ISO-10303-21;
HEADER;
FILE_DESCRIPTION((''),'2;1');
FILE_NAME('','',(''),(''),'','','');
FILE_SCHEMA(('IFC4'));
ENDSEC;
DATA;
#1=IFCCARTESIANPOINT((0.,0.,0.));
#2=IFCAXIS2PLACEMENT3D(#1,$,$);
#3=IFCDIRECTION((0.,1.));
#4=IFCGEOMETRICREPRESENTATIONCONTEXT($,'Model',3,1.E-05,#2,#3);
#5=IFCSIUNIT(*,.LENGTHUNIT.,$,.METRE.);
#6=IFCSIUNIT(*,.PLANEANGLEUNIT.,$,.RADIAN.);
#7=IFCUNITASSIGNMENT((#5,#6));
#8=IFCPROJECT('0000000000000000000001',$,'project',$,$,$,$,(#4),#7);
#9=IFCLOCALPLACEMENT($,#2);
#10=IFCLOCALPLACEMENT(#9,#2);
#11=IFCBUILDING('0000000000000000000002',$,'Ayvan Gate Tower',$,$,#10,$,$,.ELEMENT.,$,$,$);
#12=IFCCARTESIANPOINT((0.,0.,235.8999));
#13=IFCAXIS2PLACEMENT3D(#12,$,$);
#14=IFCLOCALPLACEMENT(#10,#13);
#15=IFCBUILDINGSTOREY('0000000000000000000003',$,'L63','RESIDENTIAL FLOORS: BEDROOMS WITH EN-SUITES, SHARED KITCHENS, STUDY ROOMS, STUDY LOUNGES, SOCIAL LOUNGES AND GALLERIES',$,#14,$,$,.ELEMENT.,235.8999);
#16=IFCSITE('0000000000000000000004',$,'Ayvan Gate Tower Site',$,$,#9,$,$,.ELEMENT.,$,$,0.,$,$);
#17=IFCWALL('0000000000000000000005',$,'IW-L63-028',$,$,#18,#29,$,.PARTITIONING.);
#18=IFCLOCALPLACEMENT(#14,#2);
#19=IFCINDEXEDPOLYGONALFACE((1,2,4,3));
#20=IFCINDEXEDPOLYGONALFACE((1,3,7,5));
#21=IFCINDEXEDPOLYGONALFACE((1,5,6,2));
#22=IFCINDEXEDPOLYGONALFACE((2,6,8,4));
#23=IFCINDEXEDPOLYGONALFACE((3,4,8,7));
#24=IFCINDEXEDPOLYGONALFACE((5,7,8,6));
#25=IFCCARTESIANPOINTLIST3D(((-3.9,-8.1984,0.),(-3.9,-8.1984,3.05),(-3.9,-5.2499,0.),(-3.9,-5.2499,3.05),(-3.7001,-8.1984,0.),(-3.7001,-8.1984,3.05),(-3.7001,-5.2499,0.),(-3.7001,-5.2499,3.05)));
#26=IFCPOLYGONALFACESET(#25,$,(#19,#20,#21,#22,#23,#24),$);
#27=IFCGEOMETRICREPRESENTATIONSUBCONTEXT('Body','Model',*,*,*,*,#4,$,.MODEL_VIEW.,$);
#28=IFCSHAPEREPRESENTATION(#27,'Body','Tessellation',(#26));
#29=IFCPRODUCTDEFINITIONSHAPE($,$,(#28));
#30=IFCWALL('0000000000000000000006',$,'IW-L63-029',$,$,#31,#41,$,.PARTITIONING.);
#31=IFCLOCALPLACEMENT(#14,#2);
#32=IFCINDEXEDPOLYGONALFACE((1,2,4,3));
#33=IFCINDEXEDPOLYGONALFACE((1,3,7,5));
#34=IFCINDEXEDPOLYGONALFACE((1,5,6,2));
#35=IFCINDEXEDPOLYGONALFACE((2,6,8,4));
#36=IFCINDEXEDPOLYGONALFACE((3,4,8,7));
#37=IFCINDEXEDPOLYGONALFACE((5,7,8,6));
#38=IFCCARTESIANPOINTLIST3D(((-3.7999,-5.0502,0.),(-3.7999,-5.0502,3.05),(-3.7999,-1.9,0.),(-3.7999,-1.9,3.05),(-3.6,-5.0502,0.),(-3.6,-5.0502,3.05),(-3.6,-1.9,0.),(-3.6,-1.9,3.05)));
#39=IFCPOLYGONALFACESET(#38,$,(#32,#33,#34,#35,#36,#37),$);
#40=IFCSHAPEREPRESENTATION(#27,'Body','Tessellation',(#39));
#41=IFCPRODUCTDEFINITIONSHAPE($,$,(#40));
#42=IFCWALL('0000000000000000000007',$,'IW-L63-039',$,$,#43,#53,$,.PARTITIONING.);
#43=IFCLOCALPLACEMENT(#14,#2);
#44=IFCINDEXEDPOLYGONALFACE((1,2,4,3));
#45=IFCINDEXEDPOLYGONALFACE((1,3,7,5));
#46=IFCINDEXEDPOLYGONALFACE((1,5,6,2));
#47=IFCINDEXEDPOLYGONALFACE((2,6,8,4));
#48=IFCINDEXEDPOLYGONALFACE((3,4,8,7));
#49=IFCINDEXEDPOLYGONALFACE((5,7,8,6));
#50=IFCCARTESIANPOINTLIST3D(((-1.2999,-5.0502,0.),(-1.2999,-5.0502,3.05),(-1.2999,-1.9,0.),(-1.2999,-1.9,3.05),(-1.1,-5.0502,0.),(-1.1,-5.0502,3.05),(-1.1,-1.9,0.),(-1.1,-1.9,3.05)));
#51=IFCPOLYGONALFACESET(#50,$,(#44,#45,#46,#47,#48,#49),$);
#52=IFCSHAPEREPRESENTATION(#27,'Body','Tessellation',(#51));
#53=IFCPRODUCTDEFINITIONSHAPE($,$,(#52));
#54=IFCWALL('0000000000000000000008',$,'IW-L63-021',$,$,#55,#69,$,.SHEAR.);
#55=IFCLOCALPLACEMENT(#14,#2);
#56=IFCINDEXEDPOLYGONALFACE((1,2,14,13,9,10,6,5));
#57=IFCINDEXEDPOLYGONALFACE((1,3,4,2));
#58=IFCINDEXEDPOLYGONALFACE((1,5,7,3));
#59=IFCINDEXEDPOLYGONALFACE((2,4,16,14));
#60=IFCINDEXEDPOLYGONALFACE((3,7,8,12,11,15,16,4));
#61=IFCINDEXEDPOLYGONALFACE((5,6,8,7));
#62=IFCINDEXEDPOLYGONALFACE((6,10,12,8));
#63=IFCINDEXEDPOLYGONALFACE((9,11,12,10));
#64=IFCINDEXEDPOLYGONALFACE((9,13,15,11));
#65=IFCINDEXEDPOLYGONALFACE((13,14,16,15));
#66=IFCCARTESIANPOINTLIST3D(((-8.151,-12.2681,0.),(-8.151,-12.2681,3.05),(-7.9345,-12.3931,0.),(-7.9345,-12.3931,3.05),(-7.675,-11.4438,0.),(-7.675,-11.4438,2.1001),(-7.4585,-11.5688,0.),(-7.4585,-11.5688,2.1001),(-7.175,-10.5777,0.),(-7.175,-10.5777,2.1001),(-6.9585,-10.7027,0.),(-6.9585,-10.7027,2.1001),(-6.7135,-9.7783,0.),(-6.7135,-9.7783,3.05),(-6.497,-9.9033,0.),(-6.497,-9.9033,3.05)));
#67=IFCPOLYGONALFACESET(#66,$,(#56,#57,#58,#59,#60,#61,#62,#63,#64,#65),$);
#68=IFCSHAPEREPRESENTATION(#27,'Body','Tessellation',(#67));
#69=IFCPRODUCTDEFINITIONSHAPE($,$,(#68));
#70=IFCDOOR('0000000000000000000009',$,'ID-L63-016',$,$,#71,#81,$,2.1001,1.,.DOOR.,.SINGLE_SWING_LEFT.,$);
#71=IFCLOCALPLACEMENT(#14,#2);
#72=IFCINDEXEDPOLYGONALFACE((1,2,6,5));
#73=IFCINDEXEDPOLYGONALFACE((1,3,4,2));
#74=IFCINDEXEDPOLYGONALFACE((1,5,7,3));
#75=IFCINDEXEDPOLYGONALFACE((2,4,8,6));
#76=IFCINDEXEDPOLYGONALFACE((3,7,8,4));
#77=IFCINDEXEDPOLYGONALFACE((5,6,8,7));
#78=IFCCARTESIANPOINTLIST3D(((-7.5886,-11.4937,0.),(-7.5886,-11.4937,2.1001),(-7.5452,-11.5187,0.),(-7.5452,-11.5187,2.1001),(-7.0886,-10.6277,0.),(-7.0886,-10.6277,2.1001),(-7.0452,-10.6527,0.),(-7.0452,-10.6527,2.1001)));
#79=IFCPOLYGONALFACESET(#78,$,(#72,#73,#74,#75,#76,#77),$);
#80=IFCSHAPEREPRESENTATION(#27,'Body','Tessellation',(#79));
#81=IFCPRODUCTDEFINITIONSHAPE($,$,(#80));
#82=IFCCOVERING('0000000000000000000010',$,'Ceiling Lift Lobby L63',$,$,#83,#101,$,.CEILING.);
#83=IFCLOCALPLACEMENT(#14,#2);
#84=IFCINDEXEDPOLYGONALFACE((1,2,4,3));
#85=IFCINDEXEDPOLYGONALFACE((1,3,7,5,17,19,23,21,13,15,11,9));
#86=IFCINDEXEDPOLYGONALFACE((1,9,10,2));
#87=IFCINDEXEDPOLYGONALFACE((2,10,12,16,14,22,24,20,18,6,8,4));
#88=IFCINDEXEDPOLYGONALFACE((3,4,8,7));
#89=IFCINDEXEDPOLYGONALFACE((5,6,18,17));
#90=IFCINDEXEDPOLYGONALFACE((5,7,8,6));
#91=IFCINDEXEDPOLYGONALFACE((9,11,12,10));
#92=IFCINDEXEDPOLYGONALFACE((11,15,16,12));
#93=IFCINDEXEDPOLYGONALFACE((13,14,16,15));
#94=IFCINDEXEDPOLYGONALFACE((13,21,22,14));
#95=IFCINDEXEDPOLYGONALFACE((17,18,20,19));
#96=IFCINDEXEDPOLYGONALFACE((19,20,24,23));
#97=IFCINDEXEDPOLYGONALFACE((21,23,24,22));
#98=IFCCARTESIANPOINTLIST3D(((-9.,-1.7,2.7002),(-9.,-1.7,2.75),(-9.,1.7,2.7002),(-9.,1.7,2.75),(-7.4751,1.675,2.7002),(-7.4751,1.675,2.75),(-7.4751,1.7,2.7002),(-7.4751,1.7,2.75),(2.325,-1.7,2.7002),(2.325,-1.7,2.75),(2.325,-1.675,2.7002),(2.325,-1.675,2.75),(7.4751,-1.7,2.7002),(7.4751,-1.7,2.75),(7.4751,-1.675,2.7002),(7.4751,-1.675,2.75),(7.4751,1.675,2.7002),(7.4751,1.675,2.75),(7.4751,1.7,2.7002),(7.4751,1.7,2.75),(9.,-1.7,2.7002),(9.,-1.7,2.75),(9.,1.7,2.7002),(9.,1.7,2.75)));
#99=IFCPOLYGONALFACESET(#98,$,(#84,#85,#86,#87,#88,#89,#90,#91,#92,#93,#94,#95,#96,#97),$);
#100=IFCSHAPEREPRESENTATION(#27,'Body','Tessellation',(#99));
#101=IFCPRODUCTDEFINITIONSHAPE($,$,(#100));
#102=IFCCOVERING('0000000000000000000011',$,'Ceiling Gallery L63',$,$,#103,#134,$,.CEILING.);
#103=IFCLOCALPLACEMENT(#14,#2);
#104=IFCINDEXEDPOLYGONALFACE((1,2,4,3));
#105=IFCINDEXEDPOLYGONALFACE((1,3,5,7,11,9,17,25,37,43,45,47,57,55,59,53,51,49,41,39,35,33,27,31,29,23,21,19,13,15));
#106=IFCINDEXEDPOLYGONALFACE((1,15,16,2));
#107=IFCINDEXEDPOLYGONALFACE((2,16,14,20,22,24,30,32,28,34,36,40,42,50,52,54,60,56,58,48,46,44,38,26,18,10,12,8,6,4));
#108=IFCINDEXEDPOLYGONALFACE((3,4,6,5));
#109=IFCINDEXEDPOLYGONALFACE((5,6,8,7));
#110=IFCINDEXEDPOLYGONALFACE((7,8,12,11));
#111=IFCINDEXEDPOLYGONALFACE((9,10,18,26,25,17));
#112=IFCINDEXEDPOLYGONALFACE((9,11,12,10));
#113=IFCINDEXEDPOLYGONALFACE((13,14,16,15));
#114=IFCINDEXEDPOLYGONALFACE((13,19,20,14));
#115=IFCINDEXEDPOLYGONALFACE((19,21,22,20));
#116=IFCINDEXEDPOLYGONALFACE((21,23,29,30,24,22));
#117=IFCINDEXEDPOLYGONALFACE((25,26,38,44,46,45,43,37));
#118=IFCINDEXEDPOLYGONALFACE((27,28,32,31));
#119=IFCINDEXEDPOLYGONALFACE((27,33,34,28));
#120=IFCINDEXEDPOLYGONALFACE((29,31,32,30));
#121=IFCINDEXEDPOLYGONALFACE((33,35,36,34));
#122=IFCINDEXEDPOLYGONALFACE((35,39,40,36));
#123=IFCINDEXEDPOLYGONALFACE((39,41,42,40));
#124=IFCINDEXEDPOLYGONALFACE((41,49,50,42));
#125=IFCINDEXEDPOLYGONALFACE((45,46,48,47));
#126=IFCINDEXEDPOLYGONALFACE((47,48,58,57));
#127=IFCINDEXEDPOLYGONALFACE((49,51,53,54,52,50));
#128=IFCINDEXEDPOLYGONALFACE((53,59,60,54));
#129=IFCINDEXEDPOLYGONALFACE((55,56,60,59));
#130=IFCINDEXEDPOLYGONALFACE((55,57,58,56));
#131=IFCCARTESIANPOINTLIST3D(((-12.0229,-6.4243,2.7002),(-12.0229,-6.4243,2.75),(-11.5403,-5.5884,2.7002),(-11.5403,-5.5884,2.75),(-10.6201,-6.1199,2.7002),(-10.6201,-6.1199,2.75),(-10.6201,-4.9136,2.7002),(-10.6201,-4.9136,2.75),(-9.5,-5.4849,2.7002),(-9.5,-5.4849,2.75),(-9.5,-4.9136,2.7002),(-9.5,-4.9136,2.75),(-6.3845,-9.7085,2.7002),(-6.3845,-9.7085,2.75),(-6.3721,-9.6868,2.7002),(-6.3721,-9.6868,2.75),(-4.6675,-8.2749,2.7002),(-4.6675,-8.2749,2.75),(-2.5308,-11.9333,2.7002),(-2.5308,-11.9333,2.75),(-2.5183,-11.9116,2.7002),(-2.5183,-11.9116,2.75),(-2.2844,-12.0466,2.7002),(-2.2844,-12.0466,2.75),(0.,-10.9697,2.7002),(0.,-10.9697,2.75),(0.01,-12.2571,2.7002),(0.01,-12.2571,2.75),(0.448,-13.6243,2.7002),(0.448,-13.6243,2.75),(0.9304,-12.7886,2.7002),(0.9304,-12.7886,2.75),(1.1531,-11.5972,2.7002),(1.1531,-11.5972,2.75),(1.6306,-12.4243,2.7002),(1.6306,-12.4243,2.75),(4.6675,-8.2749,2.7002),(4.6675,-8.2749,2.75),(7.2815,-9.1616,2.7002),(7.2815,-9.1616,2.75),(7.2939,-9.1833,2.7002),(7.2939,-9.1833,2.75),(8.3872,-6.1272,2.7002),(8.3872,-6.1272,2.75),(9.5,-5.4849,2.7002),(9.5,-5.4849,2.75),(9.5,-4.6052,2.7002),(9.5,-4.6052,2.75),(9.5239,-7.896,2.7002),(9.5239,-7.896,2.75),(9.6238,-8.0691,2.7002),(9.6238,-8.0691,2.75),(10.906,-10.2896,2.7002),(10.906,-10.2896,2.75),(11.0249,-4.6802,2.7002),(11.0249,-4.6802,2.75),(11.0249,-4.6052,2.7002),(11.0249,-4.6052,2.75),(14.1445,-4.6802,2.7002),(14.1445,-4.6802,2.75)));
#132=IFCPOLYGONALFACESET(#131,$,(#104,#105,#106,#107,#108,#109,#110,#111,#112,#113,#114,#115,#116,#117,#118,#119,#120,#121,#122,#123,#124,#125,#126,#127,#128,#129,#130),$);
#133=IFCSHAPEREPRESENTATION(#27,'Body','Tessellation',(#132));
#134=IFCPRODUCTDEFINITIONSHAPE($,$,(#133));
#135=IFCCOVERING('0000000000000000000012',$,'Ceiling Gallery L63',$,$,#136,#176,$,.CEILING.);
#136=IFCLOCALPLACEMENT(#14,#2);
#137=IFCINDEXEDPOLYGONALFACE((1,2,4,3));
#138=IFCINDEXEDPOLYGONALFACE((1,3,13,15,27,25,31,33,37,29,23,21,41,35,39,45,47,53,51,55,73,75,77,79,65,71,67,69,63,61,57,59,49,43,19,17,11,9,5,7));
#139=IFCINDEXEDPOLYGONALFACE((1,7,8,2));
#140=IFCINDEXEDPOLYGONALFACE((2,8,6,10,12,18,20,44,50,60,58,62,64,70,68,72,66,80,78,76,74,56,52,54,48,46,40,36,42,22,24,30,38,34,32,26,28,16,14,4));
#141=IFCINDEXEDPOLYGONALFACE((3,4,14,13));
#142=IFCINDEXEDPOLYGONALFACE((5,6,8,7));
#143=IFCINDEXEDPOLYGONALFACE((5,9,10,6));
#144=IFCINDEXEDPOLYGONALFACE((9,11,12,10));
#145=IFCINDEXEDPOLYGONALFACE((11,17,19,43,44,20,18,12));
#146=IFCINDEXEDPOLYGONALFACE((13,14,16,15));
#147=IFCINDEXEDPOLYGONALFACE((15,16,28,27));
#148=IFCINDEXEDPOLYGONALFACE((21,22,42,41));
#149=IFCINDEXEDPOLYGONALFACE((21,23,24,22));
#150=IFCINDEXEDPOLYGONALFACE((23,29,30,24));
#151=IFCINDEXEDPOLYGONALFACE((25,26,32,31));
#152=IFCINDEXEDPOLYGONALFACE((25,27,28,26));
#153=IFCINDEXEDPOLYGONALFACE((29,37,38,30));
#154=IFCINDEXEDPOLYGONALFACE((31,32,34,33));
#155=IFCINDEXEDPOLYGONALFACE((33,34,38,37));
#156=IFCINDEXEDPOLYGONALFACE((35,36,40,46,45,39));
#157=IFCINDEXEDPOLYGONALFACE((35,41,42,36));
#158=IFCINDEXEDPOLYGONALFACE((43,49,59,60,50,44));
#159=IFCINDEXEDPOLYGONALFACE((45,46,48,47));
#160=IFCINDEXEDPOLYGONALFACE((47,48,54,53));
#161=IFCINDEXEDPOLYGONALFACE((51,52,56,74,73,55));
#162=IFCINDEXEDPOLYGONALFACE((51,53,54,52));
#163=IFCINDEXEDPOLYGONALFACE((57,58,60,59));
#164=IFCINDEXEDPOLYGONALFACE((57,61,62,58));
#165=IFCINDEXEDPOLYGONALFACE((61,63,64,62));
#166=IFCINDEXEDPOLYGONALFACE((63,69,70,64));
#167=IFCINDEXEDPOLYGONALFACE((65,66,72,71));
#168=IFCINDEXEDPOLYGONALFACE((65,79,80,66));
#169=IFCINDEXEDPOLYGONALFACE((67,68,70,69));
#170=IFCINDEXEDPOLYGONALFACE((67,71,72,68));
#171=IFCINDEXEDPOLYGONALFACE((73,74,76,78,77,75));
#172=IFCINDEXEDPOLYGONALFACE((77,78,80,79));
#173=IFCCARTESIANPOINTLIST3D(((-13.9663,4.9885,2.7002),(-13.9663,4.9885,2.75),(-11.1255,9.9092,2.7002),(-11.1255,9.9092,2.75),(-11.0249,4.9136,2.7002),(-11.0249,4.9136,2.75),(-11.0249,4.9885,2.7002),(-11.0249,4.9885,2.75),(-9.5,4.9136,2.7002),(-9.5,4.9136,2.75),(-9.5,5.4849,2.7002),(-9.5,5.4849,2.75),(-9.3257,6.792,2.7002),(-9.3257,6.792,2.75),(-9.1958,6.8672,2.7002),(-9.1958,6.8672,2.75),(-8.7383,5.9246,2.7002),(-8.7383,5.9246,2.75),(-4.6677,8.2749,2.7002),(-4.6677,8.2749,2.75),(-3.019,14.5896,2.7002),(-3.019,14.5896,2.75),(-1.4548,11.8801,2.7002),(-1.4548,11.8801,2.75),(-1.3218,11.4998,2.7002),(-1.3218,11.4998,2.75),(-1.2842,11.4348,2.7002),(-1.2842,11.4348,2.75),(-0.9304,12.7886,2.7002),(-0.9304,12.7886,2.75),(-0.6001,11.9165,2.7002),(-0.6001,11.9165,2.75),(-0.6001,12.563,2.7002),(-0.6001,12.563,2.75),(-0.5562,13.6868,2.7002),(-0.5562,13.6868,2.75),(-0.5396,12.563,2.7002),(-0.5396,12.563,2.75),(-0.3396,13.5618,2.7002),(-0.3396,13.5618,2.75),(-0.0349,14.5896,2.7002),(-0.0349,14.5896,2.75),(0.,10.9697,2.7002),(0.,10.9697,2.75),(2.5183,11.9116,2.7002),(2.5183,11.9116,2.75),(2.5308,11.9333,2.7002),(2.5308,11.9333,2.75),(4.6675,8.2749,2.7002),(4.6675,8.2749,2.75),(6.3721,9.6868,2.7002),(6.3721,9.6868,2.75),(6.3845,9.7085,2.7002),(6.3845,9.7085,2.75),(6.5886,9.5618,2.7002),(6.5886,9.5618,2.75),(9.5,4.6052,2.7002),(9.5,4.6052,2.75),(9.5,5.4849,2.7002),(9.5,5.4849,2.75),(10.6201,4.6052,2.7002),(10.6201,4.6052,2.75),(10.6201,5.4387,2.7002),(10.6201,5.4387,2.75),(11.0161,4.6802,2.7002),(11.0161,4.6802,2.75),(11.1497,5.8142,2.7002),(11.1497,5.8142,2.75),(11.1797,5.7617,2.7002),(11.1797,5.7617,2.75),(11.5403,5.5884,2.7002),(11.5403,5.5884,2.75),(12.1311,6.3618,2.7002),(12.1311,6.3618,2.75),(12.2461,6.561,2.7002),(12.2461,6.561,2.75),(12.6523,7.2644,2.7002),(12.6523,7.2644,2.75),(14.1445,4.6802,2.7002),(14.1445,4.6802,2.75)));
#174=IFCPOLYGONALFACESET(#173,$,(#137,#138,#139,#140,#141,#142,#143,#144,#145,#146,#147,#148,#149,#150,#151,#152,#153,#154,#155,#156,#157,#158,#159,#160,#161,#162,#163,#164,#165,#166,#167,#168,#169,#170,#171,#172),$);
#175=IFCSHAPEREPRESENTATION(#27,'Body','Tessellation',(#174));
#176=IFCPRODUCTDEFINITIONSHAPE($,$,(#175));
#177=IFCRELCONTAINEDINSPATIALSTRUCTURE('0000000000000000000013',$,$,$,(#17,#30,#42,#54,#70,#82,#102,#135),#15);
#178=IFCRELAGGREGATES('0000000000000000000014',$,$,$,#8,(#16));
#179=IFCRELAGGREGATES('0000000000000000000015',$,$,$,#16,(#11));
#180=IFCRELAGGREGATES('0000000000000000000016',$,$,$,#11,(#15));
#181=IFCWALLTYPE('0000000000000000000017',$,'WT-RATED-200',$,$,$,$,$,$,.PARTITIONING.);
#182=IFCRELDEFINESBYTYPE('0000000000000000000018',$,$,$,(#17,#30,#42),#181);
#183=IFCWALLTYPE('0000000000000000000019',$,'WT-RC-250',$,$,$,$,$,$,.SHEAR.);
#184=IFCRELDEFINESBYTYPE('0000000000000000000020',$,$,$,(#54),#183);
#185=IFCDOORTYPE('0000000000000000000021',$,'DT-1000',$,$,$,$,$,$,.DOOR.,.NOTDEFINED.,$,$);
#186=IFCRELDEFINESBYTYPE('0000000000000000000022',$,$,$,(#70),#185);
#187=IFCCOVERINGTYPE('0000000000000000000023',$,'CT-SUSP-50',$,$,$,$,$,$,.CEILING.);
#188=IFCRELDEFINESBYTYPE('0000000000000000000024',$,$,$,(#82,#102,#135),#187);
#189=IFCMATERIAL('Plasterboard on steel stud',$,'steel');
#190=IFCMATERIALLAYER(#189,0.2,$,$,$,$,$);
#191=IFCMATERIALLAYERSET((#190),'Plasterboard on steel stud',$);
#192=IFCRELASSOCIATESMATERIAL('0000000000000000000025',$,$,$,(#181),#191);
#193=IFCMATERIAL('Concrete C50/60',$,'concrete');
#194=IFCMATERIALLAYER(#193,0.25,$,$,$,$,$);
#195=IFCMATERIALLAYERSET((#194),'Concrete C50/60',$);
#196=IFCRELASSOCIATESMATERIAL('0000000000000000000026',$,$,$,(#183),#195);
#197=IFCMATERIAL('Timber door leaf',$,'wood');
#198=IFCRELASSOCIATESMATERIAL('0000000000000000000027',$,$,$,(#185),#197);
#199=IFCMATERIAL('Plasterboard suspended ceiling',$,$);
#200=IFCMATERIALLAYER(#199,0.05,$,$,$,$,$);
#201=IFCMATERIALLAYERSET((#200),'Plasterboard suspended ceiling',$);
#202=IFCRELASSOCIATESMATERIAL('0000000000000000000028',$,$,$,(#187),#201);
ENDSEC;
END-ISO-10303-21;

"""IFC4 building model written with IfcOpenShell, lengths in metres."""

from ifc_helpers import new_model, si_unit, direction, frame, frame_2d, origin, place, context, subcontext, project, spatial, polyline, rectangle, outline, extrude, material, layer, layer_set, type_object, element, fill, save


model = new_model("IFC4")

# Units and contexts
model_context = context("Model", 3, precision=1e-05, world=origin(), true_north=direction((0.0, 1.0)))
body_context = subcontext(model_context, "Body", "Model", "MODEL_VIEW")
ifc_project = project(units=[si_unit("LENGTHUNIT", "METRE"), si_unit("PLANEANGLEUNIT", "RADIAN")], contexts=[model_context])

# Site, building, storey
site_placement = place(None, origin())
site = spatial("IfcSite", under=ifc_project, at=site_placement, Name="Ayvan Gate Tower Site", CompositionType="ELEMENT", RefElevation=0.0)
building_placement = place(site_placement, origin())
building = spatial("IfcBuilding", under=site, at=building_placement, Name="Ayvan Gate Tower", CompositionType="ELEMENT")
storey_placement = place(building_placement, frame((0.0, 0.0, 235.8999)))
storey = spatial("IfcBuildingStorey", under=building, at=storey_placement, Name="L63", Description="RESIDENTIAL FLOORS: BEDROOMS WITH EN-SUITES, SHARED KITCHENS, STUDY ROOMS, STUDY LOUNGES, SOCIAL LOUNGES AND GALLERIES", CompositionType="ELEMENT", Elevation=235.8999)

# Shared definitions
ifc_material_1 = material(Name="Timber door leaf", Category="wood")

# Shared definitions
ifc_material_2 = material(Name="Plasterboard on steel stud", Category="steel")
ifc_layer_1 = layer(ifc_material_2, 0.2)
ifc_layer_set_1 = layer_set([ifc_layer_1], Name="Plasterboard on steel stud")
wall_type_1 = type_object("IfcWallType", Name="WT-RATED-200", PredefinedType="PARTITIONING", material=ifc_layer_set_1)

# Walls
wall_1_placement = place(storey_placement, frame((-3.8, -5.25, 0.0), z_axis=(0.0, 0.0, 1.0), x_axis=(0.0, -1.0, 0.0)))
element("IfcWall", 1, at=wall_1_placement, inside=storey, type_object=wall_type_1, Name="IW-L63-028", PredefinedType="PARTITIONING", context=body_context, shape_type="SweptSolid", body=[
    extrude(rectangle(XDim=2.9485, YDim=0.2, at=frame_2d((1.4741, 0.0))), origin(), (0.0, 0.0, 1.0), 3.05),
])
for number, where, z_axis, x_axis, name in (
    (2, (-3.7, -1.8999, 0.0), (0.0, 0.0, 1.0), (0.0, -1.0, 0.0), "IW-L63-029"),
    (3, (-1.2, -1.8999, 0.0), (0.0, 0.0, 1.0), (0.0, -1.0, 0.0), "IW-L63-039"),
):
    element("IfcWall", number, at=place(storey_placement, frame(where, z_axis=z_axis, x_axis=x_axis)), inside=storey, type_object=wall_type_1, Name=name, PredefinedType="PARTITIONING", context=body_context, shape_type="SweptSolid", body=[
        extrude(rectangle(XDim=3.1501, YDim=0.2, at=frame_2d((1.5752, 0.0))), origin(), (0.0, 0.0, 1.0), 3.05),
    ])

# Wall, opening, door
ifc_material_3 = material(Name="Concrete C50/60", Category="concrete")
ifc_layer_2 = layer(ifc_material_3, 0.25)
ifc_layer_set_2 = layer_set([ifc_layer_2], Name="Concrete C50/60")
wall_type_2 = type_object("IfcWallType", Name="WT-RC-250", PredefinedType="SHEAR", material=ifc_layer_set_2)
wall_2_placement = place(storey_placement, frame((-6.6052, -9.8408, 0.0), z_axis=(0.0, 0.0, 1.0), x_axis=(-0.500012, -0.866019, 0.0)))
wall_2 = element("IfcWall", 4, at=wall_2_placement, inside=storey, type_object=wall_type_2, Name="IW-L63-021", PredefinedType="SHEAR", context=body_context, shape_type="SweptSolid", body=[
    extrude(rectangle(XDim=2.875, YDim=0.25, at=frame_2d((1.4375, 0.0))), origin(), (0.0, 0.0, 1.0), 3.05),
])
opening_1_placement = place(wall_2_placement, frame((0.9231, 0.0, 0.0)))
opening_1 = element("IfcOpeningElement", 5, at=opening_1_placement, cuts=wall_2, PredefinedType="OPENING", context=body_context, shape_type="SweptSolid", body=[
    extrude(rectangle(XDim=1.0, YDim=2.1001, at=frame_2d((0.5, 1.05))), frame((0.0, 0.135, 0.0), z_axis=(0.0, -1.0, 0.0), x_axis=(1.0, 0.0, 0.0)), (0.0, 0.0, 1.0), 0.27),
])
door_type_1 = type_object("IfcDoorType", Name="DT-1000", OperationType="NOTDEFINED", PredefinedType="DOOR", material=ifc_material_1)
door_1_placement = place(opening_1_placement, origin())
door_1 = element("IfcDoor", 6, at=door_1_placement, inside=storey, type_object=door_type_1, Name="ID-L63-016", OperationType="SINGLE_SWING_LEFT", OverallHeight=2.1001, OverallWidth=1.0, PredefinedType="DOOR", context=body_context, shape_type="SweptSolid", body=[
    extrude(rectangle(XDim=1.0, YDim=2.1001, at=frame_2d((0.5, 1.05))), frame((0.0, 0.0249, 0.0), z_axis=(0.0, -1.0, 0.0), x_axis=(1.0, 0.0, 0.0)), (0.0, 0.0, 1.0), 0.05),
])
fill(opening_1, door_1)

# Coverings
ifc_material_4 = material(Name="Plasterboard suspended ceiling")
ifc_layer_3 = layer(ifc_material_4, 0.05)
ifc_layer_set_3 = layer_set([ifc_layer_3], Name="Plasterboard suspended ceiling")
covering_type = type_object("IfcCoveringType", Name="CT-SUSP-50", PredefinedType="CEILING", material=ifc_layer_set_3)
covering_1_placement = place(storey_placement, frame((0.0, 0.0, 2.7002)))
element("IfcCovering", 7, at=covering_1_placement, inside=storey, type_object=covering_type, Name="Ceiling Lift Lobby L63", PredefinedType="CEILING", context=body_context, shape_type="SweptSolid", body=[
    extrude(outline(polyline([(7.4751, -1.675), (2.325, -1.675), (2.325, -1.7), (-9.0, -1.7), (-9.0, 1.7), (-7.4751, 1.7), (-7.4751, 1.675), (7.4751, 1.675), (7.4751, 1.7), (9.0, 1.7), (9.0, -1.7), (7.4751, -1.7), (7.4751, -1.675)])), origin(), (0.0, 0.0, 1.0), 0.0498),
])
covering_2_placement = place(storey_placement, frame((0.0, 0.0, 2.7002)))
element("IfcCovering", 8, at=covering_2_placement, inside=storey, type_object=covering_type, Name="Ceiling Gallery L63", PredefinedType="CEILING", context=body_context, shape_type="SweptSolid", body=[
    extrude(outline(polyline([(-4.6675, -8.2749), (0.0, -10.9697), (4.6675, -8.2749), (8.3872, -6.1272), (9.5, -5.4849), (9.5, -4.6052), (11.0249, -4.6052), (11.0249, -4.6802), (14.1445, -4.6802), (10.906, -10.2896), (9.6238, -8.0691), (9.5239, -7.896), (7.2939, -9.1833), (7.2815, -9.1616), (1.6306, -12.4243), (1.1531, -11.5972), (0.01, -12.2571), (0.9304, -12.7886), (0.448, -13.6243), (-2.2844, -12.0466), (-2.5183, -11.9116), (-2.5308, -11.9333), (-6.3845, -9.7085), (-6.3721, -9.6868), (-12.0229, -6.4243), (-11.5403, -5.5884), (-10.6201, -6.1199), (-10.6201, -4.9136), (-9.5, -4.9136), (-9.5, -5.4849), (-4.6675, -8.2749)])), origin(), (0.0, 0.0, 1.0), 0.0498),
])
covering_3_placement = place(storey_placement, frame((0.0, 0.0, 2.7002)))
element("IfcCovering", 9, at=covering_3_placement, inside=storey, type_object=covering_type, Name="Ceiling Gallery L63", PredefinedType="CEILING", context=body_context, shape_type="SweptSolid", body=[
    extrude(outline(polyline([(-0.5396, 12.563), (-0.9304, 12.7886), (-1.4548, 11.8801), (-3.019, 14.5896), (-0.0349, 14.5896), (-0.5562, 13.6868), (-0.3396, 13.5618), (2.5183, 11.9116), (2.5308, 11.9333), (6.3845, 9.7085), (6.3721, 9.6868), (6.5886, 9.5618), (12.1311, 6.3618), (12.2461, 6.561), (12.6523, 7.2644), (14.1445, 4.6802), (11.0161, 4.6802), (11.5403, 5.5884), (11.1497, 5.8142), (11.1797, 5.7617), (10.6201, 5.4387), (10.6201, 4.6052), (9.5, 4.6052), (9.5, 5.4849), (4.6675, 8.2749), (0.0, 10.9697), (-4.6677, 8.2749), (-8.7383, 5.9246), (-9.5, 5.4849), (-9.5, 4.9136), (-11.0249, 4.9136), (-11.0249, 4.9885), (-13.9663, 4.9885), (-11.1255, 9.9092), (-9.3257, 6.792), (-9.1958, 6.8672), (-1.2842, 11.4348), (-1.3218, 11.4998), (-0.6001, 11.9165), (-0.6001, 12.563), (-0.5396, 12.563)])), origin(), (0.0, 0.0, 1.0), 0.0498),
])

save(model, "model.ifc")
